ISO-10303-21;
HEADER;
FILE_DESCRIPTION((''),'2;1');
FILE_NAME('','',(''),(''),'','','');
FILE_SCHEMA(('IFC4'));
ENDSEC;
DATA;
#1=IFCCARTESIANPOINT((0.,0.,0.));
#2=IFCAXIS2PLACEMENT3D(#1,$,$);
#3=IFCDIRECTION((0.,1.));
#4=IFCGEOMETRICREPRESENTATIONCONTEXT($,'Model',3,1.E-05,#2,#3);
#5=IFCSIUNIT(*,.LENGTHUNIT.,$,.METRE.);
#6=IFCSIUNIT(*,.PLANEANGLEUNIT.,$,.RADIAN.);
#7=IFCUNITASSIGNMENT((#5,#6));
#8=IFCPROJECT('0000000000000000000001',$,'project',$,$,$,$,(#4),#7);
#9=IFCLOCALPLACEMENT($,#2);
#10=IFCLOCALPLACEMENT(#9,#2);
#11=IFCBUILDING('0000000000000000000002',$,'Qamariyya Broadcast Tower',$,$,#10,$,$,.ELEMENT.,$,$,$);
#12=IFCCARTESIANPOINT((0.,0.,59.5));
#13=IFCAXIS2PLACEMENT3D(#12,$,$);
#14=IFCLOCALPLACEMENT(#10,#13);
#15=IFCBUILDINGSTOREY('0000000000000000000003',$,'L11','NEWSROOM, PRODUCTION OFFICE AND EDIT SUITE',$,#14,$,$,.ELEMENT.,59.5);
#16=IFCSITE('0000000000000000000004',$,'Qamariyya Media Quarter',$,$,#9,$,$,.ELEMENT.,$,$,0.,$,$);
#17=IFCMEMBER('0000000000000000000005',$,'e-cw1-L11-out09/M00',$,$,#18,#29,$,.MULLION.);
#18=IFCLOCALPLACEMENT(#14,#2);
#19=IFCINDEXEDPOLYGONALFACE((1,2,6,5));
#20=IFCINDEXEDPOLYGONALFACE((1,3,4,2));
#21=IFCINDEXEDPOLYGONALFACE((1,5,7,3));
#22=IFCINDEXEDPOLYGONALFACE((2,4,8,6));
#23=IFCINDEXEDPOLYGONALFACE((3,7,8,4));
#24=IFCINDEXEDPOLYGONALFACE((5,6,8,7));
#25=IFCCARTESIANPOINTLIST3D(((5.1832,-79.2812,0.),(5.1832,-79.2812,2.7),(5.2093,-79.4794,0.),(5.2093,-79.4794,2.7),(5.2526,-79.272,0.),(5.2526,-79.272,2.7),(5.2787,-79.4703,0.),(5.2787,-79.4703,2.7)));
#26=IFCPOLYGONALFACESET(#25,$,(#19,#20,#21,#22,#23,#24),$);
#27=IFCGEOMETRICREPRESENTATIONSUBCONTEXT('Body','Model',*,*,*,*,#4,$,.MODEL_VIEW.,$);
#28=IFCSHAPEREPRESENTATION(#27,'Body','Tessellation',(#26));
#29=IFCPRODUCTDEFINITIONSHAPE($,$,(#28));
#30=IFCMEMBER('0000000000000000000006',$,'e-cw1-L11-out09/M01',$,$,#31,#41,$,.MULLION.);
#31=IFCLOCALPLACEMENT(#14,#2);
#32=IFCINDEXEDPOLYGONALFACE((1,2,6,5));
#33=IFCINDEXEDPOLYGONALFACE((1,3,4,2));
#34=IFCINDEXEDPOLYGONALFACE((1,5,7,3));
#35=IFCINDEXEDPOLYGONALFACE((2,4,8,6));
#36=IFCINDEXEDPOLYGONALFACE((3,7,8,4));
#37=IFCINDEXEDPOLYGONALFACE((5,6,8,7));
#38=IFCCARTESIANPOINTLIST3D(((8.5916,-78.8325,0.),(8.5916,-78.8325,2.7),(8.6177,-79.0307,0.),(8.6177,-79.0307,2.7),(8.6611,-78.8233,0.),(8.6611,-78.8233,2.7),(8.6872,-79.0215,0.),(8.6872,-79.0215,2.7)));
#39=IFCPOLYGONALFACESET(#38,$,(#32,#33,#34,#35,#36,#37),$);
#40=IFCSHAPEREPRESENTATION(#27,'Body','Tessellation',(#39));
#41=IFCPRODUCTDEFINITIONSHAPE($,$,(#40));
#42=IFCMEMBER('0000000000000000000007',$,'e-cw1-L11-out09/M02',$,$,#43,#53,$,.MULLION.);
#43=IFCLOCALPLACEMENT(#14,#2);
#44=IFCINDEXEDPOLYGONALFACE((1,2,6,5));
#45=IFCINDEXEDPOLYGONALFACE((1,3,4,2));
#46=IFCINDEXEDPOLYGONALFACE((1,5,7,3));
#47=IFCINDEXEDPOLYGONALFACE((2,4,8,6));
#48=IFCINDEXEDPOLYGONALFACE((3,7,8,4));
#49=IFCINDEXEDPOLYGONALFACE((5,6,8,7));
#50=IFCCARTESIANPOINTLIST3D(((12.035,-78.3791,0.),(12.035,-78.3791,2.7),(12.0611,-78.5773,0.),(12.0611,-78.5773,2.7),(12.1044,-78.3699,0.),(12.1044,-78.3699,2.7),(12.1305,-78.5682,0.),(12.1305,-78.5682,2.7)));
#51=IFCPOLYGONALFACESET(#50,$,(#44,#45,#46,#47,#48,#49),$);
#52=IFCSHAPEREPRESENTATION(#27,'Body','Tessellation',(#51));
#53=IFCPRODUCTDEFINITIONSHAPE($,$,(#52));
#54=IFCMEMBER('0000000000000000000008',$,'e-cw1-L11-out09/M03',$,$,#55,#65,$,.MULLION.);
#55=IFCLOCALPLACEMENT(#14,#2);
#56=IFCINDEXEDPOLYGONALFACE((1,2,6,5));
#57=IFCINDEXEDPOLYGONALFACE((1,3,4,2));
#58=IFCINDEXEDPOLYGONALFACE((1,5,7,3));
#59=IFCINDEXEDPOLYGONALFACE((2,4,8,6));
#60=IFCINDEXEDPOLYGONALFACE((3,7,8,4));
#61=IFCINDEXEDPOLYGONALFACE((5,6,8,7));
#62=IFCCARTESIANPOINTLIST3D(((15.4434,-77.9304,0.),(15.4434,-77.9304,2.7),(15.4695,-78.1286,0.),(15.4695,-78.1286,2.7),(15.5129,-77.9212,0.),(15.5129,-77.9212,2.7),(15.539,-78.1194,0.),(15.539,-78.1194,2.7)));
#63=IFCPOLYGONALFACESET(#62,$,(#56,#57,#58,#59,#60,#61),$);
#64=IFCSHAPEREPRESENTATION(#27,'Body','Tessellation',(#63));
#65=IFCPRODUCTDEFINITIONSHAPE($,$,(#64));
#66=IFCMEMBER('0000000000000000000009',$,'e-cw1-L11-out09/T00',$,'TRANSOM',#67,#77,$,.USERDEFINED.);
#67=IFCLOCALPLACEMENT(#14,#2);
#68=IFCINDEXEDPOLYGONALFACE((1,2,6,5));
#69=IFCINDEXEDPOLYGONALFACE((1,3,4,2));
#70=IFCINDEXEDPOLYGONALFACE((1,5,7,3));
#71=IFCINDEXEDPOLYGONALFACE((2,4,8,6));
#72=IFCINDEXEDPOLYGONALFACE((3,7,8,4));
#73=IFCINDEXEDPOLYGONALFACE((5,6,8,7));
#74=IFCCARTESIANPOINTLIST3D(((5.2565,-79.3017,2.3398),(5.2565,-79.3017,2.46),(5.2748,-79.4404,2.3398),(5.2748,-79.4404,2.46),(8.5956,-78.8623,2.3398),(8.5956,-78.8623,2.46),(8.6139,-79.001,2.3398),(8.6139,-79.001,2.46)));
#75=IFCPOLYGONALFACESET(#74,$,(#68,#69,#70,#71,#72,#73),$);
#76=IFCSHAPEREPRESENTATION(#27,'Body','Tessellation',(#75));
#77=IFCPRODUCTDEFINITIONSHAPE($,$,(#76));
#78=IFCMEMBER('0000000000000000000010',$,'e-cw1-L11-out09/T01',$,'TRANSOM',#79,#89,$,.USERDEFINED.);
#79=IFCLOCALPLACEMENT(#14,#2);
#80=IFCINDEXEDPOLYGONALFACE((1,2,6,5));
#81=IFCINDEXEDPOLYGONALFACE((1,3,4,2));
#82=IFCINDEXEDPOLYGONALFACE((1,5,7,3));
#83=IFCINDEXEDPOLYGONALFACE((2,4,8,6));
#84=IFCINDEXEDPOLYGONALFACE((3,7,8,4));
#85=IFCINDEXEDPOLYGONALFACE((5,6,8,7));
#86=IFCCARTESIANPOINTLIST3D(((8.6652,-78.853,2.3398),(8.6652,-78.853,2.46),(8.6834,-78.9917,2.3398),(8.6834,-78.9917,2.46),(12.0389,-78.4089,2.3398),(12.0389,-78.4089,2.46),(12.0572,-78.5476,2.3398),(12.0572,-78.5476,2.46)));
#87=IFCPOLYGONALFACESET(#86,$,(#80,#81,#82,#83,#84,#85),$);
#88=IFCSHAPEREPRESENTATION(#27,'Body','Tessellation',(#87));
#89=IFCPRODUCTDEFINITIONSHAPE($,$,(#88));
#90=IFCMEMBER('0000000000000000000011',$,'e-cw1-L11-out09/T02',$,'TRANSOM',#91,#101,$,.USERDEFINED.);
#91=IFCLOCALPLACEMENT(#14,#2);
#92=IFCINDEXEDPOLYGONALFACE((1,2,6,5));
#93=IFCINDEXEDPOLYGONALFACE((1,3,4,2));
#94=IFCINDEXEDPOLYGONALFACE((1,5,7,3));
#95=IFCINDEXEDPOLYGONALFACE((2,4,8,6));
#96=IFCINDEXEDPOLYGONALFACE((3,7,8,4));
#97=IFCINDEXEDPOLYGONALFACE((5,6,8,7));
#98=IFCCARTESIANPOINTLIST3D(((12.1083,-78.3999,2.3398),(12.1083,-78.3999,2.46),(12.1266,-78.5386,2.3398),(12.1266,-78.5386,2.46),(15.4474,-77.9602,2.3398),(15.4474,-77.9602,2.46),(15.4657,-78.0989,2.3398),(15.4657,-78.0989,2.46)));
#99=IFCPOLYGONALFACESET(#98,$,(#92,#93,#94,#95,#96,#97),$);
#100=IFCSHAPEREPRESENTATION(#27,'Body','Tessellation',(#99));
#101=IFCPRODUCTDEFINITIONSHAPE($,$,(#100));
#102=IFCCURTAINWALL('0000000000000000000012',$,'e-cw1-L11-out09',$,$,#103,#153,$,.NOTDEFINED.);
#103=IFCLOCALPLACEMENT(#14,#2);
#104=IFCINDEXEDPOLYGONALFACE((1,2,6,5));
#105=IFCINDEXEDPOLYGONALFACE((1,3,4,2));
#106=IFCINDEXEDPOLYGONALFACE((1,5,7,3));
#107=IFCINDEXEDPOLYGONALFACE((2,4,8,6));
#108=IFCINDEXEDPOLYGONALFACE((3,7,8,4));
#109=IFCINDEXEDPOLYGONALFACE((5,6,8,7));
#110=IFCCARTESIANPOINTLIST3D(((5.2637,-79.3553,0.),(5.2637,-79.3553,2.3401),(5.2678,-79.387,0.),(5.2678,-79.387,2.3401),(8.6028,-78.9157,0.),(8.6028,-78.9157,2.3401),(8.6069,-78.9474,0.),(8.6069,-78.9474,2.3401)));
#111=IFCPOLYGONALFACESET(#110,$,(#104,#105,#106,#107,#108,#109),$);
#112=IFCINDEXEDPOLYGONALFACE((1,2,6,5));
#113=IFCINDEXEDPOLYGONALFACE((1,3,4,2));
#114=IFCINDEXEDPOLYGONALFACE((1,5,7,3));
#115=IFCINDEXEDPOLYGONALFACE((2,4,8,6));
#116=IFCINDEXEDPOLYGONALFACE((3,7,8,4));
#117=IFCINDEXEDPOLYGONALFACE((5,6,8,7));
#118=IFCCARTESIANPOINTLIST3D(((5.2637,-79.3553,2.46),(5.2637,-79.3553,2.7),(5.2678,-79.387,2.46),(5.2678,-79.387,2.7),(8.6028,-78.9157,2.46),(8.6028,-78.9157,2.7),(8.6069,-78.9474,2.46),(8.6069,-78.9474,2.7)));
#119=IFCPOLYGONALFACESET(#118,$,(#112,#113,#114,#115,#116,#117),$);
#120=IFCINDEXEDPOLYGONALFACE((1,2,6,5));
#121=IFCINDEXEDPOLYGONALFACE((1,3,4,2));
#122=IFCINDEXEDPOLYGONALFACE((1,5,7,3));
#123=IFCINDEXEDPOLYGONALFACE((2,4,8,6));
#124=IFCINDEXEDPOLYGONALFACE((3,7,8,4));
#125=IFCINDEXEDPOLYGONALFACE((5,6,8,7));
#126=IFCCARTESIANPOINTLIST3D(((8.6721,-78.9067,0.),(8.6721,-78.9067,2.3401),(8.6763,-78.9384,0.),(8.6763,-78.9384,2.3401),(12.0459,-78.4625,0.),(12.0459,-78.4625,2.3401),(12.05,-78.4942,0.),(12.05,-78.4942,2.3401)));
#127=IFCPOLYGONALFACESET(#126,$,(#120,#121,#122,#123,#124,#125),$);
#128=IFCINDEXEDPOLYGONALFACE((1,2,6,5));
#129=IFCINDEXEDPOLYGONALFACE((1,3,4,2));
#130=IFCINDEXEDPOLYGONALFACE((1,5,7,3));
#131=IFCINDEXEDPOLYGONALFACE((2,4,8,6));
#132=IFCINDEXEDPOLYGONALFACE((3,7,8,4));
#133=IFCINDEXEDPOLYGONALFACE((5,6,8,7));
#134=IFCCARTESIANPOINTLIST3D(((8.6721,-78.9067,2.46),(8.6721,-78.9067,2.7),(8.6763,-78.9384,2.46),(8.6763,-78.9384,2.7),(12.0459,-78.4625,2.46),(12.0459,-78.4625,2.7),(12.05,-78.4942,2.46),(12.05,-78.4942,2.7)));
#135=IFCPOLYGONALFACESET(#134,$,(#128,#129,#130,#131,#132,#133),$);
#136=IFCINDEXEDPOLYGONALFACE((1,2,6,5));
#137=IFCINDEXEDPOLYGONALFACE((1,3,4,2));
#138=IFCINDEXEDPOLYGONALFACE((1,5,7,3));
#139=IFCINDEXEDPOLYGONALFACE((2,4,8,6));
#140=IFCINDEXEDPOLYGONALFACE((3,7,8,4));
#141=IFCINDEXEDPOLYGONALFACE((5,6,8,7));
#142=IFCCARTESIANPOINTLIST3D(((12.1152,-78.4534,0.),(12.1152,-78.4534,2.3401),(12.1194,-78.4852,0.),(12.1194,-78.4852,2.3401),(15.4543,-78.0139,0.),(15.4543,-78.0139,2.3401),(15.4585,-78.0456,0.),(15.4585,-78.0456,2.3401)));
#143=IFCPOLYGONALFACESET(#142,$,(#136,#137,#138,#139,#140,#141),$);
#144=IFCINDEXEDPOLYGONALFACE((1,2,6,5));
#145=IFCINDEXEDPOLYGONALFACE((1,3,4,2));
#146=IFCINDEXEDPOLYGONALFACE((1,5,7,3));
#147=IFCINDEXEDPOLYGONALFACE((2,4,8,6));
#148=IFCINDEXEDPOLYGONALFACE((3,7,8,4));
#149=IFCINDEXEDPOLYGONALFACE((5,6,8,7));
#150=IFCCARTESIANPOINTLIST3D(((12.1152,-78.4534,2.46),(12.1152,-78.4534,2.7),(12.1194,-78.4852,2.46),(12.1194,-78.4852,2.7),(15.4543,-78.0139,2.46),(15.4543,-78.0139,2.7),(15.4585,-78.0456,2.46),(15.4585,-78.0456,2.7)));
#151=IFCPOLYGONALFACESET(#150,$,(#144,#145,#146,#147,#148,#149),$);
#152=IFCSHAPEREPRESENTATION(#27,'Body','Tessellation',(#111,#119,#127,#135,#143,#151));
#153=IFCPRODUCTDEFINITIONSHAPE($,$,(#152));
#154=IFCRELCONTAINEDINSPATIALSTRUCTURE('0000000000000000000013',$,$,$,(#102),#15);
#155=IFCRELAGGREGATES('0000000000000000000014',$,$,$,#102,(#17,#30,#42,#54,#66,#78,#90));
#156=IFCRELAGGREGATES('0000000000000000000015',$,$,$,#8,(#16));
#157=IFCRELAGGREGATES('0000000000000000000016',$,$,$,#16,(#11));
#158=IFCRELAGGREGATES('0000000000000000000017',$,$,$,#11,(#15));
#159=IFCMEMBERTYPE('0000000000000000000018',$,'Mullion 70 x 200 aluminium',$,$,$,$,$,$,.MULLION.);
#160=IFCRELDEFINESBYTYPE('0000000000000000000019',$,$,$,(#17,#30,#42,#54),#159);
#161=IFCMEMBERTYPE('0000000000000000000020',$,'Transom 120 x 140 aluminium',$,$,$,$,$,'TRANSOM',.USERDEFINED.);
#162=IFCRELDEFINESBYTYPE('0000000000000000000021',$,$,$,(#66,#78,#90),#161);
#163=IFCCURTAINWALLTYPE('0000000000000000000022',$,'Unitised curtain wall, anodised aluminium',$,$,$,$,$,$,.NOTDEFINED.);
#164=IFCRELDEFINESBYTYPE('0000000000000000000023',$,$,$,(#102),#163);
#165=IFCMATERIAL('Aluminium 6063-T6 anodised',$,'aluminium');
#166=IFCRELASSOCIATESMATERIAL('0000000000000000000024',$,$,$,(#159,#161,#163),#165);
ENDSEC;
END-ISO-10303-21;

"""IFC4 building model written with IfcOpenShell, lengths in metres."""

from ifc_helpers import new_model, si_unit, direction, frame, origin, origin_2d, place, context, subcontext, project, spatial, rectangle, extrude, material, material_profile, profile_set, type_object, element, aggregate, save


model = new_model("IFC4")

# Units and contexts
model_context = context("Model", 3, precision=1e-05, world=origin(), true_north=direction((0.0, 1.0)))
body_context = subcontext(model_context, "Body", "Model", "MODEL_VIEW")
ifc_project = project(units=[si_unit("LENGTHUNIT", "METRE"), si_unit("PLANEANGLEUNIT", "RADIAN")], contexts=[model_context])

# Members
ifc_material = material(Name="Aluminium 6063-T6 anodised", Category="aluminium")
ifc_material_profile_1 = material_profile(ifc_material, rectangle(XDim=0.2, YDim=0.0701, at=origin_2d()))
ifc_profile_set_1 = profile_set([ifc_material_profile_1], Name="Aluminium 6063-T6 anodised")
member_type_1 = type_object("IfcMemberType", Name="Mullion 70 x 200 aluminium", PredefinedType="MULLION", material=ifc_profile_set_1)
site_placement = place(None, origin())
building_placement = place(site_placement, origin())
storey_placement = place(building_placement, frame((0.0, 0.0, 59.5)))
member_1_placement = place(storey_placement, frame((5.231, -79.3757, 0.0), z_axis=(0.0, 0.0, 1.0), x_axis=(-0.130526, 0.991445, 0.0)))
member_1 = element("IfcMember", 1, at=member_1_placement, type_object=member_type_1, Name="e-cw1-L11-out09/M00", PredefinedType="MULLION", context=body_context, shape_type="SweptSolid", body=[
    extrude(rectangle(XDim=0.2, YDim=0.0701, at=origin_2d()), origin(), (0.0, 0.0, 1.0), 2.7),
])
member_2_placement = place(storey_placement, frame((8.6394, -78.927, 0.0), z_axis=(0.0, 0.0, 1.0), x_axis=(-0.130526, 0.991445, 0.0)))
member_2 = element("IfcMember", 2, at=member_2_placement, type_object=member_type_1, Name="e-cw1-L11-out09/M01", PredefinedType="MULLION", context=body_context, shape_type="SweptSolid", body=[
    extrude(rectangle(XDim=0.2, YDim=0.0701, at=origin_2d()), origin(), (0.0, 0.0, 1.0), 2.7),
])
member_3_placement = place(storey_placement, frame((12.0828, -78.4736, 0.0), z_axis=(0.0, 0.0, 1.0), x_axis=(-0.130526, 0.991445, 0.0)))
member_3 = element("IfcMember", 3, at=member_3_placement, type_object=member_type_1, Name="e-cw1-L11-out09/M02", PredefinedType="MULLION", context=body_context, shape_type="SweptSolid", body=[
    extrude(rectangle(XDim=0.2, YDim=0.0701, at=origin_2d()), origin(), (0.0, 0.0, 1.0), 2.7),
])
member_4_placement = place(storey_placement, frame((15.4912, -78.0249, 0.0), z_axis=(0.0, 0.0, 1.0), x_axis=(-0.130526, 0.991445, 0.0)))
member_4 = element("IfcMember", 4, at=member_4_placement, type_object=member_type_1, Name="e-cw1-L11-out09/M03", PredefinedType="MULLION", context=body_context, shape_type="SweptSolid", body=[
    extrude(rectangle(XDim=0.2, YDim=0.0701, at=origin_2d()), origin(), (0.0, 0.0, 1.0), 2.7),
])
ifc_material_profile_2 = material_profile(ifc_material, rectangle(XDim=0.1399, YDim=0.1201, at=origin_2d()))
ifc_profile_set_2 = profile_set([ifc_material_profile_2], Name="Aluminium 6063-T6 anodised")
member_type_2 = type_object("IfcMemberType", Name="Transom 120 x 140 aluminium", ElementType="TRANSOM", PredefinedType="USERDEFINED", material=ifc_profile_set_2)
member_5_placement = place(storey_placement, frame((5.2656, -79.3711, 2.3999), z_axis=(0.991451, 0.130483, 0.0), x_axis=(-0.130483, 0.991451, 0.0)))
member_5 = element("IfcMember", 5, at=member_5_placement, type_object=member_type_2, Name="e-cw1-L11-out09/T00", ObjectType="TRANSOM", PredefinedType="USERDEFINED", context=body_context, shape_type="SweptSolid", body=[
    extrude(rectangle(XDim=0.1399, YDim=0.1201, at=origin_2d()), origin(), (0.0, 0.0, 1.0), 3.3679),
])
member_6_placement = place(storey_placement, frame((8.6743, -78.9224, 2.3999), z_axis=(0.991448, 0.130505, 0.0), x_axis=(-0.130505, 0.991448, 0.0)))
member_6 = element("IfcMember", 6, at=member_6_placement, type_object=member_type_2, Name="e-cw1-L11-out09/T01", ObjectType="TRANSOM", PredefinedType="USERDEFINED", context=body_context, shape_type="SweptSolid", body=[
    extrude(rectangle(XDim=0.1399, YDim=0.1201, at=origin_2d()), origin(), (0.0, 0.0, 1.0), 3.4028),
])
member_7_placement = place(storey_placement, frame((12.1174, -78.4692, 2.3999), z_axis=(0.991441, 0.130554, 0.0), x_axis=(-0.130554, 0.991441, 0.0)))
member_7 = element("IfcMember", 7, at=member_7_placement, type_object=member_type_2, Name="e-cw1-L11-out09/T02", ObjectType="TRANSOM", PredefinedType="USERDEFINED", context=body_context, shape_type="SweptSolid", body=[
    extrude(rectangle(XDim=0.1399, YDim=0.1201, at=origin_2d()), origin(), (0.0, 0.0, 1.0), 3.3679),
])

# Site, building, storey
site = spatial("IfcSite", under=ifc_project, at=site_placement, Name="Qamariyya Media Quarter", CompositionType="ELEMENT", RefElevation=0.0)
building = spatial("IfcBuilding", under=site, at=building_placement, Name="Qamariyya Broadcast Tower", CompositionType="ELEMENT")
storey = spatial("IfcBuildingStorey", under=building, at=storey_placement, Name="L11", Description="NEWSROOM, PRODUCTION OFFICE AND EDIT SUITE", CompositionType="ELEMENT", Elevation=59.5)

# Curtain wall
curtain_wall_type = type_object("IfcCurtainWallType", Name="Unitised curtain wall, anodised aluminium", PredefinedType="NOTDEFINED", material=ifc_material)
curtain_wall_1_placement = place(storey_placement, origin())
curtain_wall_1 = element("IfcCurtainWall", 8, at=curtain_wall_1_placement, inside=storey, type_object=curtain_wall_type, Name="e-cw1-L11-out09", PredefinedType="NOTDEFINED", context=body_context, shape_type="SweptSolid", body=[
    extrude(rectangle(XDim=3.3679, YDim=0.032, at=origin_2d()), frame((6.9353, -79.1514, 0.0), x_axis=(0.991446, 0.130521, 0.0)), (0.0, 0.0, 1.0), 2.3401),
    extrude(rectangle(XDim=3.3679, YDim=0.032, at=origin_2d()), frame((6.9353, -79.1514, 2.46), x_axis=(0.991446, 0.130521, 0.0)), (0.0, 0.0, 1.0), 0.24),
    extrude(rectangle(XDim=3.4028, YDim=0.032, at=origin_2d()), frame((10.3611, -78.7004, 0.0), x_axis=(0.991446, 0.130521, 0.0)), (0.0, 0.0, 1.0), 2.3401),
    extrude(rectangle(XDim=3.4028, YDim=0.032, at=origin_2d()), frame((10.3611, -78.7004, 2.46), x_axis=(0.991446, 0.130521, 0.0)), (0.0, 0.0, 1.0), 0.24),
    extrude(rectangle(XDim=3.3679, YDim=0.032, at=origin_2d()), frame((13.7869, -78.2495, 0.0), x_axis=(0.991446, 0.130521, 0.0)), (0.0, 0.0, 1.0), 2.3401),
    extrude(rectangle(XDim=3.3679, YDim=0.032, at=origin_2d()), frame((13.7869, -78.2495, 2.46), x_axis=(0.991446, 0.130521, 0.0)), (0.0, 0.0, 1.0), 0.24),
])
aggregate(curtain_wall_1, [member_1, member_2, member_3, member_4, member_5, member_6, member_7])

save(model, "model.ifc")
